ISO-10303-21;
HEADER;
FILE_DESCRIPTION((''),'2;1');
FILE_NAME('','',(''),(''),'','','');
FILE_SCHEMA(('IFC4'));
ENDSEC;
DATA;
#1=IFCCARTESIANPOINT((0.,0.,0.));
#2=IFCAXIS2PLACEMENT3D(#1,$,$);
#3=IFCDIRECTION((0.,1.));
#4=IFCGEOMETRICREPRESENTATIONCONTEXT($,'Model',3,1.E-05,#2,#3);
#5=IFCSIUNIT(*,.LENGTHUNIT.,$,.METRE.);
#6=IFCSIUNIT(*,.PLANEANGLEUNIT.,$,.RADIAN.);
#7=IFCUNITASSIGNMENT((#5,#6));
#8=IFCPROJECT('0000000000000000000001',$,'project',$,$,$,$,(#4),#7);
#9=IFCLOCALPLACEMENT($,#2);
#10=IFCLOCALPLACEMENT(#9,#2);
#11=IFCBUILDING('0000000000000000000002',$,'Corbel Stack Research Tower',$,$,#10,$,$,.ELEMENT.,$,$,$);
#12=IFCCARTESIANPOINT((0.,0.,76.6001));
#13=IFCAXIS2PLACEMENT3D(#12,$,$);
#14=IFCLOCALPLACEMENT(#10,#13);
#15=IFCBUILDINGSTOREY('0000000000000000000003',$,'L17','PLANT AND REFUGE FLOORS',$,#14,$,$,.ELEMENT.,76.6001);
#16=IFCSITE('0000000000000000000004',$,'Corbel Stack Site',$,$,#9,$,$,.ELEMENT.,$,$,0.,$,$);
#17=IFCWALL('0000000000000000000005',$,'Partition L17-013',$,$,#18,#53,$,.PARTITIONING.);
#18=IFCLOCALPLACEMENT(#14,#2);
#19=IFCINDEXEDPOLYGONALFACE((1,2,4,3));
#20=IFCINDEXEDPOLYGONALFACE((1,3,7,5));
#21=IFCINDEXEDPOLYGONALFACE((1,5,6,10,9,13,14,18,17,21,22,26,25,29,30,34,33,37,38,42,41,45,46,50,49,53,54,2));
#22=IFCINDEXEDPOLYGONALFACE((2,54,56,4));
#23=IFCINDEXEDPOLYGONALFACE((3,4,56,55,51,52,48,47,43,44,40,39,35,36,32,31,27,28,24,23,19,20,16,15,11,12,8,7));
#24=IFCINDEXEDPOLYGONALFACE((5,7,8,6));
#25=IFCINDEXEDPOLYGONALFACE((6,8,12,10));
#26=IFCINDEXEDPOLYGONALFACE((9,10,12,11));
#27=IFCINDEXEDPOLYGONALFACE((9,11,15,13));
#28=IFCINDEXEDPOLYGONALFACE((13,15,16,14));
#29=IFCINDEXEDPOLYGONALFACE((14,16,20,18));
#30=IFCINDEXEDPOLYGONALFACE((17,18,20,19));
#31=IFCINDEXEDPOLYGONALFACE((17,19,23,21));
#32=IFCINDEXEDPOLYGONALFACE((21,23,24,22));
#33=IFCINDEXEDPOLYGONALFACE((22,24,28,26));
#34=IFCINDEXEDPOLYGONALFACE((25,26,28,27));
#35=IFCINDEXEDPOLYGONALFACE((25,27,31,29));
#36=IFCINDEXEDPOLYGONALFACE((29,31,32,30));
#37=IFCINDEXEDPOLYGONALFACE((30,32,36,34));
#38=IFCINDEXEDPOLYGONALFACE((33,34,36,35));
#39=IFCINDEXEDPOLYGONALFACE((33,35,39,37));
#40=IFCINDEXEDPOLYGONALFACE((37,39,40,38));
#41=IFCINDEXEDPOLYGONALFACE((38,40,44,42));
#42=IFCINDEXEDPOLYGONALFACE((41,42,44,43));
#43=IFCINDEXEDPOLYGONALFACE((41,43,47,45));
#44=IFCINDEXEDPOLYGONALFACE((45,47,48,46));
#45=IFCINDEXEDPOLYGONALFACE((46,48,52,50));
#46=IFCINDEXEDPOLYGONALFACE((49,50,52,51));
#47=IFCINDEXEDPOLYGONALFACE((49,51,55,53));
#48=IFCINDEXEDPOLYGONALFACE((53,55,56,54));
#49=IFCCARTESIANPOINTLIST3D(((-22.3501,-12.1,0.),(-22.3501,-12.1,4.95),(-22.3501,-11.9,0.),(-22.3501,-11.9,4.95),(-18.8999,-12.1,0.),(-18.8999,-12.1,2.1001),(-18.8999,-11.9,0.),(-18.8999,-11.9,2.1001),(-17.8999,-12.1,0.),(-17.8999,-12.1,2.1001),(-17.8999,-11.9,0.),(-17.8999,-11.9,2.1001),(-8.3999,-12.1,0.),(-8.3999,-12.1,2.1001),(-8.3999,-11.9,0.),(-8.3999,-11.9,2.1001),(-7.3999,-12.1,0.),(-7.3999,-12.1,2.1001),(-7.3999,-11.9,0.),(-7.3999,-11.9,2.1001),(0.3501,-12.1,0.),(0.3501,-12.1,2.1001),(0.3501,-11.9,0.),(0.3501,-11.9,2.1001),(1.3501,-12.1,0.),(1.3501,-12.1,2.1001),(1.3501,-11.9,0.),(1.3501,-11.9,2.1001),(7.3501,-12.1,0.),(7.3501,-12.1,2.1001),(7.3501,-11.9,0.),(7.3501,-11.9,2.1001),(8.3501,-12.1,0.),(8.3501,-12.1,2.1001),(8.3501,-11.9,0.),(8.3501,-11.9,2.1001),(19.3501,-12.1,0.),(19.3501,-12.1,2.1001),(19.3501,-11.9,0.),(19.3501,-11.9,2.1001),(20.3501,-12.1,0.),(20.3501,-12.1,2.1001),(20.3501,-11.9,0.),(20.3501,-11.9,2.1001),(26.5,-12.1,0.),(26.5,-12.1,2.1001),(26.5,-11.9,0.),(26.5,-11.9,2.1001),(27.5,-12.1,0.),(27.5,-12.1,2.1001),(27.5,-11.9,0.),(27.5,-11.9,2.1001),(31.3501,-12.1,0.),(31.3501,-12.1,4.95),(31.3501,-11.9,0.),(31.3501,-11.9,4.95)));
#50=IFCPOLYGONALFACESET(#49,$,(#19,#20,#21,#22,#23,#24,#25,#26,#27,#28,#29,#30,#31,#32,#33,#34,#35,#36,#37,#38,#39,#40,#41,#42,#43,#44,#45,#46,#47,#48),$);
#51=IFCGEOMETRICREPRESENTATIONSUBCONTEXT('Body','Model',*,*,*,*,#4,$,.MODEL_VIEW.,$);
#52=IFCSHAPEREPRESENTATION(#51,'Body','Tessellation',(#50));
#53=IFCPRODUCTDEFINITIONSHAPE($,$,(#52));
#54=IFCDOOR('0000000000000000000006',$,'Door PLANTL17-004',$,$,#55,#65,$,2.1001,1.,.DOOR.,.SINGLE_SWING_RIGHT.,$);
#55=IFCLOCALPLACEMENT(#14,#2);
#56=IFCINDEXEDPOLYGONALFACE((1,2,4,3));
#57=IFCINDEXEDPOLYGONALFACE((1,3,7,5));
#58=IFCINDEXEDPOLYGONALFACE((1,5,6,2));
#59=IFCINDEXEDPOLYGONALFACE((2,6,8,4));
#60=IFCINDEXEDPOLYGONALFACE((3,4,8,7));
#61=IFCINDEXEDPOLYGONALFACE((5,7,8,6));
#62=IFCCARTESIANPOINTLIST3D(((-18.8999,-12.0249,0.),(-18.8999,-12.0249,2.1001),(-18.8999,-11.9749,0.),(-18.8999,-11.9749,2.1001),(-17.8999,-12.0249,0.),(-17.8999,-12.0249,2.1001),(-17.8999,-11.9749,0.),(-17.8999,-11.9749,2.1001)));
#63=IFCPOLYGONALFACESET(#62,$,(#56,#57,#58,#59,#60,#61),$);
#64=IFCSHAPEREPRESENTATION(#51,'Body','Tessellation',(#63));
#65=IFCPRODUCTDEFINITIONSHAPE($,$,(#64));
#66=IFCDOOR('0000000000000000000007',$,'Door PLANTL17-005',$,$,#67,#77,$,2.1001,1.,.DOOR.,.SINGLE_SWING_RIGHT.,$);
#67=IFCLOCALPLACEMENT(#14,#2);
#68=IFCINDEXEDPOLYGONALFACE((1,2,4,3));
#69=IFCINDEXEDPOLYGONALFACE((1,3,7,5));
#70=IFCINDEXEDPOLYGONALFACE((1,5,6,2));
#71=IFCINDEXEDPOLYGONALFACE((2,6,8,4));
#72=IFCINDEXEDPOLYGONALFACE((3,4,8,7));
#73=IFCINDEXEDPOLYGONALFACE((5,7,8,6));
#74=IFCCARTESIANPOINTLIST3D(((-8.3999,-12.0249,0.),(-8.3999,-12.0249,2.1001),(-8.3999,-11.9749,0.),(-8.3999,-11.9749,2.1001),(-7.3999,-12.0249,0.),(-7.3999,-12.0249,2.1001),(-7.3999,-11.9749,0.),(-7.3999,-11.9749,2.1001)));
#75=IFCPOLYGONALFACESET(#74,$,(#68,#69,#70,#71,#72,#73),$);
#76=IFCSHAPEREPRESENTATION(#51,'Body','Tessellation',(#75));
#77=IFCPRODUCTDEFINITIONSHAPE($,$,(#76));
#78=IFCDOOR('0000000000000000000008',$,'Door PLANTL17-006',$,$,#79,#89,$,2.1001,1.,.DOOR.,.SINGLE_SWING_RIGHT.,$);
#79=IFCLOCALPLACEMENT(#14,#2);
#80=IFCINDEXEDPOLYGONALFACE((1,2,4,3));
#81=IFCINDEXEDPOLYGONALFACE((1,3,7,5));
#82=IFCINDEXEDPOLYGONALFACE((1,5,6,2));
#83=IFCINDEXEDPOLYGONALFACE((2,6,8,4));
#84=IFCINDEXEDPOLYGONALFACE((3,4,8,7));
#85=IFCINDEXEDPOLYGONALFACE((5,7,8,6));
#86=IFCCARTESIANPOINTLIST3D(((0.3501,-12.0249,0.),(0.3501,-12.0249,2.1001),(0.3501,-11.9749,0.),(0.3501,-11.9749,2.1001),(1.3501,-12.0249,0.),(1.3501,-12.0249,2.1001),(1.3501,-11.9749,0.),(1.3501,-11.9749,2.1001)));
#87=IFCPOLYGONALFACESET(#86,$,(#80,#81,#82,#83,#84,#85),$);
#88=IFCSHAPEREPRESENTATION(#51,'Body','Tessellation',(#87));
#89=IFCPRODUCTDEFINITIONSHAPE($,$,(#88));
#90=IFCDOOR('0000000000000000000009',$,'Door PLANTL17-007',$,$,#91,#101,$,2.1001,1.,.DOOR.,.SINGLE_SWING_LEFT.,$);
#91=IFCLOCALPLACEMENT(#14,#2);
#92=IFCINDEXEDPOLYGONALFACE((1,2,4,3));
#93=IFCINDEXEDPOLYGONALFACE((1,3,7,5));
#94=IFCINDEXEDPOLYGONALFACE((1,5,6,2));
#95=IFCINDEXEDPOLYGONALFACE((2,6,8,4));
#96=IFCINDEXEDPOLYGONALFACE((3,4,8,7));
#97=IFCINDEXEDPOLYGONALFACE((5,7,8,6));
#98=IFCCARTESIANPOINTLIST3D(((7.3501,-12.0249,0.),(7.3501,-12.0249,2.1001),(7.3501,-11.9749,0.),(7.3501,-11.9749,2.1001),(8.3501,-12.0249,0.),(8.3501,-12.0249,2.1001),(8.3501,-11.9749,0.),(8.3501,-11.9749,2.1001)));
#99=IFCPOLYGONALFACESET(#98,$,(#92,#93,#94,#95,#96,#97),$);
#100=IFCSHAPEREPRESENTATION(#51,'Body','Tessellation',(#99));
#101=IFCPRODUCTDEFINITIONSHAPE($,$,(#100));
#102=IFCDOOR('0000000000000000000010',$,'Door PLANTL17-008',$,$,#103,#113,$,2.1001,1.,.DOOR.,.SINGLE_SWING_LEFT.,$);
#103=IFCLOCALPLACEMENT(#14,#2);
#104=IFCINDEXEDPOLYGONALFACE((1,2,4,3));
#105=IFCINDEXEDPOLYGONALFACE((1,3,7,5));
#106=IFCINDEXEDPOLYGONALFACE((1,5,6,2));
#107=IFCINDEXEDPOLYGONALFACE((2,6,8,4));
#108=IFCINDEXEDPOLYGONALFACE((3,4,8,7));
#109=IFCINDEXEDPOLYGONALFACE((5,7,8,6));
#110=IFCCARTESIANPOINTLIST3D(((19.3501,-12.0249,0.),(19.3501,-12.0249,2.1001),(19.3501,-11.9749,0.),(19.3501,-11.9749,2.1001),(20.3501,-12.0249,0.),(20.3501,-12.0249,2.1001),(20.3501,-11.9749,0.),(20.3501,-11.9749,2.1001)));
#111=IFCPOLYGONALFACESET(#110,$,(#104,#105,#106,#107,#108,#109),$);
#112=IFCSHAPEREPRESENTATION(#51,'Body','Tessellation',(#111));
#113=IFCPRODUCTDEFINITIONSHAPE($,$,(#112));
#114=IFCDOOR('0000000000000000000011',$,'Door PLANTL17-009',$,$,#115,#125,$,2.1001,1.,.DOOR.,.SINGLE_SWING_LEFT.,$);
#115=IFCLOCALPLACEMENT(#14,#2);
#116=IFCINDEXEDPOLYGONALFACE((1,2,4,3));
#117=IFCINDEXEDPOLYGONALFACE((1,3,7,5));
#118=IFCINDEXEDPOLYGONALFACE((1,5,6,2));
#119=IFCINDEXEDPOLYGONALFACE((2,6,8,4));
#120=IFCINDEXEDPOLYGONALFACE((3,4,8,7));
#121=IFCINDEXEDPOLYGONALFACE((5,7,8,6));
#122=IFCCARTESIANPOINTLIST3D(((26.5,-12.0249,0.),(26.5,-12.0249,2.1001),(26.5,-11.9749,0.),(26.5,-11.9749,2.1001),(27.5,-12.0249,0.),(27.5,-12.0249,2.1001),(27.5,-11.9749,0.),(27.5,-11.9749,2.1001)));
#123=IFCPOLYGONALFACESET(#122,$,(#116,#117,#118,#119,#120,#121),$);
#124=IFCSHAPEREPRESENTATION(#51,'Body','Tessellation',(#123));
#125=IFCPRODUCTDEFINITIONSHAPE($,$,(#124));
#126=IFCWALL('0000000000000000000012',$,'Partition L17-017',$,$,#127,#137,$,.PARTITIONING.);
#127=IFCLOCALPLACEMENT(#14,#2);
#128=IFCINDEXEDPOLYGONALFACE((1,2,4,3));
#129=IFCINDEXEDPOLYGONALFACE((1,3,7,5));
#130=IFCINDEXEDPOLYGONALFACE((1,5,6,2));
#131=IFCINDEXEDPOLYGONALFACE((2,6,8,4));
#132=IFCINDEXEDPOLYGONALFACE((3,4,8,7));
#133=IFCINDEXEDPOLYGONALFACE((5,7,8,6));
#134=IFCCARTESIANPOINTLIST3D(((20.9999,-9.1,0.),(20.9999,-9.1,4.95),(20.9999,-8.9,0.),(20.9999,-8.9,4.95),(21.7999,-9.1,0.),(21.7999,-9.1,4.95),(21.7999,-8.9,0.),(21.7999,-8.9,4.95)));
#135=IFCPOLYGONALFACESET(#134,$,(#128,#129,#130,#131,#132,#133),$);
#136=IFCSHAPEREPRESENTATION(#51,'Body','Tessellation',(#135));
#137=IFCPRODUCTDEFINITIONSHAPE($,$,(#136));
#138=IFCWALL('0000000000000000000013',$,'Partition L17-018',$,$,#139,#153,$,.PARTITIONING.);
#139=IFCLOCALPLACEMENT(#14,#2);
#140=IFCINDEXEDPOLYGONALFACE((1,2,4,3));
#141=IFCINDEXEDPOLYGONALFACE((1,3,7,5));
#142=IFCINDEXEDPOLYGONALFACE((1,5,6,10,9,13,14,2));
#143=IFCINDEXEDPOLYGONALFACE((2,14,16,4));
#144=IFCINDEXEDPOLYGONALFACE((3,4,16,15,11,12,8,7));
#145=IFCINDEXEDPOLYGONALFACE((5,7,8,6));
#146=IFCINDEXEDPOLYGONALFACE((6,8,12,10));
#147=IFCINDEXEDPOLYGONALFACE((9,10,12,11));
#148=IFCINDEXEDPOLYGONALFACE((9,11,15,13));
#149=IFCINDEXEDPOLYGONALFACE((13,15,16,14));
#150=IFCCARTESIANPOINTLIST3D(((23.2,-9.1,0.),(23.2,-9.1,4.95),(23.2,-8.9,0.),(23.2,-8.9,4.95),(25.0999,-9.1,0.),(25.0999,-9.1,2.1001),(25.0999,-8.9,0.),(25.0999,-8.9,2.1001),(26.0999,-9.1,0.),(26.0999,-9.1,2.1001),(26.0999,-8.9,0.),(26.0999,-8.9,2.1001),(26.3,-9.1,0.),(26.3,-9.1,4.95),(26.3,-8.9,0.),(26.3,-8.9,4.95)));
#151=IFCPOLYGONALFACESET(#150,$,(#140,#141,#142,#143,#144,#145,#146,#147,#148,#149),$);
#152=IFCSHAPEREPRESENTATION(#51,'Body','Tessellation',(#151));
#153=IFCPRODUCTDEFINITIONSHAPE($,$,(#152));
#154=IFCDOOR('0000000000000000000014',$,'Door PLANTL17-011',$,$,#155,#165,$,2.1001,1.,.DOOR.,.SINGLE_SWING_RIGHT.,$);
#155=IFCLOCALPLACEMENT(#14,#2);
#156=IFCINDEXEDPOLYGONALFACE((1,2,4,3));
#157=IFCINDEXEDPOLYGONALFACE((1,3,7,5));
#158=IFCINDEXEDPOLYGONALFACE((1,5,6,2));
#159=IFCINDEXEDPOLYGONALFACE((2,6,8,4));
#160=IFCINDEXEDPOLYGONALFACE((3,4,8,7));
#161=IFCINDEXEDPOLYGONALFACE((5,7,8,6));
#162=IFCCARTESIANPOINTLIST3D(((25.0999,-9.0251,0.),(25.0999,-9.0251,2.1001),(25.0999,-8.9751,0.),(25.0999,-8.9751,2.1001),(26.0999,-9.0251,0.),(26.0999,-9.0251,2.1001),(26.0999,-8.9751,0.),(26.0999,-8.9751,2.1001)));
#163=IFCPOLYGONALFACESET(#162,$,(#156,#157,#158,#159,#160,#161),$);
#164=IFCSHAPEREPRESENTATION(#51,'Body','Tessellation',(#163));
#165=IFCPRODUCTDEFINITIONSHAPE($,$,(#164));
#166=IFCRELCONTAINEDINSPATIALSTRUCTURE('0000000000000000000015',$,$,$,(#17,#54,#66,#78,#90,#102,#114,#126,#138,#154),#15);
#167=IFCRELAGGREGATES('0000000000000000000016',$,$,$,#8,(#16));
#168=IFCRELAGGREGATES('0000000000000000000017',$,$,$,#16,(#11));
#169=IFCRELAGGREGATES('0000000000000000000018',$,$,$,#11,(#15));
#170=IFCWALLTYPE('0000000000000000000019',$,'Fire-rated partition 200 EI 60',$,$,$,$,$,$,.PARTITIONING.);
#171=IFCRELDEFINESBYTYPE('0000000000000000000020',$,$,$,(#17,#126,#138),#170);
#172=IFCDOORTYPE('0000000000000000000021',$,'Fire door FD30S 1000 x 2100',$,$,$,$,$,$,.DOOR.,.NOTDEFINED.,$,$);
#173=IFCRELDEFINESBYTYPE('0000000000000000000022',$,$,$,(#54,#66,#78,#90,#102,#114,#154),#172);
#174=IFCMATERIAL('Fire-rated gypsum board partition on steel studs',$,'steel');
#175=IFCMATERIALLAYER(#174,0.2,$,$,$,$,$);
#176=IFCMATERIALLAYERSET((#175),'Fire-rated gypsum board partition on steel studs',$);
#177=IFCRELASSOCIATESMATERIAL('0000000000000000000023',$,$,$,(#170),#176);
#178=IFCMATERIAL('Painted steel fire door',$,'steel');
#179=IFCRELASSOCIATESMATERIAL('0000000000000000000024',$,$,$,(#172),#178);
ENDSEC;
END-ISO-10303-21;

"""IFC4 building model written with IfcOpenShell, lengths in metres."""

from ifc_helpers import new_model, si_unit, direction, frame, frame_2d, origin, place, context, subcontext, project, spatial, rectangle, extrude, material, layer, layer_set, type_object, element, fill, save


model = new_model("IFC4")

# Units and contexts
model_context = context("Model", 3, precision=1e-05, world=origin(), true_north=direction((0.0, 1.0)))
body_context = subcontext(model_context, "Body", "Model", "MODEL_VIEW")
ifc_project = project(units=[si_unit("LENGTHUNIT", "METRE"), si_unit("PLANEANGLEUNIT", "RADIAN")], contexts=[model_context])

# Site, building, storey
site_placement = place(None, origin())
site = spatial("IfcSite", under=ifc_project, at=site_placement, Name="Corbel Stack Site", CompositionType="ELEMENT", RefElevation=0.0)
building_placement = place(site_placement, origin())
building = spatial("IfcBuilding", under=site, at=building_placement, Name="Corbel Stack Research Tower", CompositionType="ELEMENT")
storey_placement = place(building_placement, frame((0.0, 0.0, 76.6001)))
storey = spatial("IfcBuildingStorey", under=building, at=storey_placement, Name="L17", Description="PLANT AND REFUGE FLOORS", CompositionType="ELEMENT", Elevation=76.6001)

# Wall, openings, doors
ifc_material_1 = material(Name="Fire-rated gypsum board partition on steel studs", Category="steel")
ifc_layer_1 = layer(ifc_material_1, 0.2)
ifc_layer_set_1 = layer_set([ifc_layer_1], Name="Fire-rated gypsum board partition on steel studs")
wall_type_1 = type_object("IfcWallType", Name="Fire-rated partition 200 EI 60", PredefinedType="PARTITIONING", material=ifc_layer_set_1)
wall_1_placement = place(storey_placement, frame((31.3501, -12.0, 0.0), z_axis=(0.0, 0.0, 1.0), x_axis=(-1.0, 0.0, 0.0)))
wall_1 = element("IfcWall", 1, at=wall_1_placement, inside=storey, type_object=wall_type_1, Name="Partition L17-013", PredefinedType="PARTITIONING", context=body_context, shape_type="SweptSolid", body=[
    extrude(rectangle(XDim=53.7002, YDim=0.2, at=frame_2d((26.8501, 0.0))), origin(), (0.0, 0.0, 1.0), 4.95),
])
opening_1_placement = place(wall_1_placement, frame((49.25, 0.0, 0.0)))
opening_1 = element("IfcOpeningElement", 2, at=opening_1_placement, cuts=wall_1, PredefinedType="OPENING", context=body_context, shape_type="SweptSolid", body=[
    extrude(rectangle(XDim=1.0, YDim=2.1001, at=frame_2d((0.5, 1.05))), frame((0.0, 0.1099, 0.0), z_axis=(0.0, -1.0, 0.0), x_axis=(1.0, 0.0, 0.0)), (0.0, 0.0, 1.0), 0.22),
])
opening_2_placement = place(wall_1_placement, frame((38.75, 0.0, 0.0)))
opening_2 = element("IfcOpeningElement", 3, at=opening_2_placement, cuts=wall_1, PredefinedType="OPENING", context=body_context, shape_type="SweptSolid", body=[
    extrude(rectangle(XDim=1.0, YDim=2.1001, at=frame_2d((0.5, 1.05))), frame((0.0, 0.1099, 0.0), z_axis=(0.0, -1.0, 0.0), x_axis=(1.0, 0.0, 0.0)), (0.0, 0.0, 1.0), 0.22),
])
opening_3_placement = place(wall_1_placement, frame((30.0, 0.0, 0.0)))
opening_3 = element("IfcOpeningElement", 4, at=opening_3_placement, cuts=wall_1, PredefinedType="OPENING", context=body_context, shape_type="SweptSolid", body=[
    extrude(rectangle(XDim=1.0, YDim=2.1001, at=frame_2d((0.5, 1.05))), frame((0.0, 0.1099, 0.0), z_axis=(0.0, -1.0, 0.0), x_axis=(1.0, 0.0, 0.0)), (0.0, 0.0, 1.0), 0.22),
])
opening_4_placement = place(wall_1_placement, frame((23.0, 0.0, 0.0)))
opening_4 = element("IfcOpeningElement", 5, at=opening_4_placement, cuts=wall_1, PredefinedType="OPENING", context=body_context, shape_type="SweptSolid", body=[
    extrude(rectangle(XDim=1.0, YDim=2.1001, at=frame_2d((0.5, 1.05))), frame((0.0, 0.1099, 0.0), z_axis=(0.0, -1.0, 0.0), x_axis=(1.0, 0.0, 0.0)), (0.0, 0.0, 1.0), 0.22),
])
opening_5_placement = place(wall_1_placement, frame((11.0, 0.0, 0.0)))
opening_5 = element("IfcOpeningElement", 6, at=opening_5_placement, cuts=wall_1, PredefinedType="OPENING", context=body_context, shape_type="SweptSolid", body=[
    extrude(rectangle(XDim=1.0, YDim=2.1001, at=frame_2d((0.5, 1.05))), frame((0.0, 0.1099, 0.0), z_axis=(0.0, -1.0, 0.0), x_axis=(1.0, 0.0, 0.0)), (0.0, 0.0, 1.0), 0.22),
])
opening_6_placement = place(wall_1_placement, frame((3.8501, 0.0, 0.0)))
opening_6 = element("IfcOpeningElement", 7, at=opening_6_placement, cuts=wall_1, PredefinedType="OPENING", context=body_context, shape_type="SweptSolid", body=[
    extrude(rectangle(XDim=1.0, YDim=2.1001, at=frame_2d((0.5, 1.05))), frame((0.0, 0.1099, 0.0), z_axis=(0.0, -1.0, 0.0), x_axis=(1.0, 0.0, 0.0)), (0.0, 0.0, 1.0), 0.22),
])
ifc_material_2 = material(Name="Painted steel fire door", Category="steel")
door_type = type_object("IfcDoorType", Name="Fire door FD30S 1000 x 2100", OperationType="NOTDEFINED", PredefinedType="DOOR", material=ifc_material_2)
door_1_placement = place(opening_1_placement, origin())
door_1 = element("IfcDoor", 8, at=door_1_placement, inside=storey, type_object=door_type, Name="Door PLANTL17-004", OperationType="SINGLE_SWING_RIGHT", OverallHeight=2.1001, OverallWidth=1.0, PredefinedType="DOOR", context=body_context, shape_type="SweptSolid", body=[
    extrude(rectangle(XDim=1.0, YDim=2.1001, at=frame_2d((0.5, 1.05))), frame((0.0, 0.0249, 0.0), z_axis=(0.0, -1.0, 0.0), x_axis=(1.0, 0.0, 0.0)), (0.0, 0.0, 1.0), 0.05),
])
fill(opening_1, door_1)
door_2_placement = place(opening_2_placement, origin())
door_2 = element("IfcDoor", 9, at=door_2_placement, inside=storey, type_object=door_type, Name="Door PLANTL17-005", OperationType="SINGLE_SWING_RIGHT", OverallHeight=2.1001, OverallWidth=1.0, PredefinedType="DOOR", context=body_context, shape_type="SweptSolid", body=[
    extrude(rectangle(XDim=1.0, YDim=2.1001, at=frame_2d((0.5, 1.05))), frame((0.0, 0.0249, 0.0), z_axis=(0.0, -1.0, 0.0), x_axis=(1.0, 0.0, 0.0)), (0.0, 0.0, 1.0), 0.05),
])
fill(opening_2, door_2)
door_3_placement = place(opening_3_placement, origin())
door_3 = element("IfcDoor", 10, at=door_3_placement, inside=storey, type_object=door_type, Name="Door PLANTL17-006", OperationType="SINGLE_SWING_RIGHT", OverallHeight=2.1001, OverallWidth=1.0, PredefinedType="DOOR", context=body_context, shape_type="SweptSolid", body=[
    extrude(rectangle(XDim=1.0, YDim=2.1001, at=frame_2d((0.5, 1.05))), frame((0.0, 0.0249, 0.0), z_axis=(0.0, -1.0, 0.0), x_axis=(1.0, 0.0, 0.0)), (0.0, 0.0, 1.0), 0.05),
])
fill(opening_3, door_3)
door_4_placement = place(opening_4_placement, origin())
door_4 = element("IfcDoor", 11, at=door_4_placement, inside=storey, type_object=door_type, Name="Door PLANTL17-007", OperationType="SINGLE_SWING_LEFT", OverallHeight=2.1001, OverallWidth=1.0, PredefinedType="DOOR", context=body_context, shape_type="SweptSolid", body=[
    extrude(rectangle(XDim=1.0, YDim=2.1001, at=frame_2d((0.5, 1.05))), frame((0.0, 0.0249, 0.0), z_axis=(0.0, -1.0, 0.0), x_axis=(1.0, 0.0, 0.0)), (0.0, 0.0, 1.0), 0.05),
])
fill(opening_4, door_4)
door_5_placement = place(opening_5_placement, origin())
door_5 = element("IfcDoor", 12, at=door_5_placement, inside=storey, type_object=door_type, Name="Door PLANTL17-008", OperationType="SINGLE_SWING_LEFT", OverallHeight=2.1001, OverallWidth=1.0, PredefinedType="DOOR", context=body_context, shape_type="SweptSolid", body=[
    extrude(rectangle(XDim=1.0, YDim=2.1001, at=frame_2d((0.5, 1.05))), frame((0.0, 0.0249, 0.0), z_axis=(0.0, -1.0, 0.0), x_axis=(1.0, 0.0, 0.0)), (0.0, 0.0, 1.0), 0.05),
])
fill(opening_5, door_5)
door_6_placement = place(opening_6_placement, origin())
door_6 = element("IfcDoor", 13, at=door_6_placement, inside=storey, type_object=door_type, Name="Door PLANTL17-009", OperationType="SINGLE_SWING_LEFT", OverallHeight=2.1001, OverallWidth=1.0, PredefinedType="DOOR", context=body_context, shape_type="SweptSolid", body=[
    extrude(rectangle(XDim=1.0, YDim=2.1001, at=frame_2d((0.5, 1.05))), frame((0.0, 0.0249, 0.0), z_axis=(0.0, -1.0, 0.0), x_axis=(1.0, 0.0, 0.0)), (0.0, 0.0, 1.0), 0.05),
])
fill(opening_6, door_6)

# Wall
wall_2_placement = place(storey_placement, frame((21.0, -9.0, 0.0), z_axis=(0.0, 0.0, 1.0), x_axis=(1.0, 0.0, 0.0)))
element("IfcWall", 14, at=wall_2_placement, inside=storey, type_object=wall_type_1, Name="Partition L17-017", PredefinedType="PARTITIONING", context=body_context, shape_type="SweptSolid", body=[
    extrude(rectangle(XDim=0.8, YDim=0.2, at=frame_2d((0.3999, 0.0))), origin(), (0.0, 0.0, 1.0), 4.95),
])

# Wall, opening, door
wall_3_placement = place(storey_placement, frame((23.2, -9.0, 0.0), z_axis=(0.0, 0.0, 1.0), x_axis=(1.0, 0.0, 0.0)))
wall_3 = element("IfcWall", 15, at=wall_3_placement, inside=storey, type_object=wall_type_1, Name="Partition L17-018", PredefinedType="PARTITIONING", context=body_context, shape_type="SweptSolid", body=[
    extrude(rectangle(XDim=3.1001, YDim=0.2, at=frame_2d((1.55, 0.0))), origin(), (0.0, 0.0, 1.0), 4.95),
])
opening_7_placement = place(wall_3_placement, frame((1.8999, 0.0, 0.0)))
opening_7 = element("IfcOpeningElement", 16, at=opening_7_placement, cuts=wall_3, PredefinedType="OPENING", context=body_context, shape_type="SweptSolid", body=[
    extrude(rectangle(XDim=1.0, YDim=2.1001, at=frame_2d((0.5, 1.05))), frame((0.0, 0.1099, 0.0), z_axis=(0.0, -1.0, 0.0), x_axis=(1.0, 0.0, 0.0)), (0.0, 0.0, 1.0), 0.22),
])
door_7_placement = place(opening_7_placement, origin())
door_7 = element("IfcDoor", 17, at=door_7_placement, inside=storey, type_object=door_type, Name="Door PLANTL17-011", OperationType="SINGLE_SWING_RIGHT", OverallHeight=2.1001, OverallWidth=1.0, PredefinedType="DOOR", context=body_context, shape_type="SweptSolid", body=[
    extrude(rectangle(XDim=1.0, YDim=2.1001, at=frame_2d((0.5, 1.05))), frame((0.0, 0.0249, 0.0), z_axis=(0.0, -1.0, 0.0), x_axis=(1.0, 0.0, 0.0)), (0.0, 0.0, 1.0), 0.05),
])
fill(opening_7, door_7)

save(model, "model.ifc")
